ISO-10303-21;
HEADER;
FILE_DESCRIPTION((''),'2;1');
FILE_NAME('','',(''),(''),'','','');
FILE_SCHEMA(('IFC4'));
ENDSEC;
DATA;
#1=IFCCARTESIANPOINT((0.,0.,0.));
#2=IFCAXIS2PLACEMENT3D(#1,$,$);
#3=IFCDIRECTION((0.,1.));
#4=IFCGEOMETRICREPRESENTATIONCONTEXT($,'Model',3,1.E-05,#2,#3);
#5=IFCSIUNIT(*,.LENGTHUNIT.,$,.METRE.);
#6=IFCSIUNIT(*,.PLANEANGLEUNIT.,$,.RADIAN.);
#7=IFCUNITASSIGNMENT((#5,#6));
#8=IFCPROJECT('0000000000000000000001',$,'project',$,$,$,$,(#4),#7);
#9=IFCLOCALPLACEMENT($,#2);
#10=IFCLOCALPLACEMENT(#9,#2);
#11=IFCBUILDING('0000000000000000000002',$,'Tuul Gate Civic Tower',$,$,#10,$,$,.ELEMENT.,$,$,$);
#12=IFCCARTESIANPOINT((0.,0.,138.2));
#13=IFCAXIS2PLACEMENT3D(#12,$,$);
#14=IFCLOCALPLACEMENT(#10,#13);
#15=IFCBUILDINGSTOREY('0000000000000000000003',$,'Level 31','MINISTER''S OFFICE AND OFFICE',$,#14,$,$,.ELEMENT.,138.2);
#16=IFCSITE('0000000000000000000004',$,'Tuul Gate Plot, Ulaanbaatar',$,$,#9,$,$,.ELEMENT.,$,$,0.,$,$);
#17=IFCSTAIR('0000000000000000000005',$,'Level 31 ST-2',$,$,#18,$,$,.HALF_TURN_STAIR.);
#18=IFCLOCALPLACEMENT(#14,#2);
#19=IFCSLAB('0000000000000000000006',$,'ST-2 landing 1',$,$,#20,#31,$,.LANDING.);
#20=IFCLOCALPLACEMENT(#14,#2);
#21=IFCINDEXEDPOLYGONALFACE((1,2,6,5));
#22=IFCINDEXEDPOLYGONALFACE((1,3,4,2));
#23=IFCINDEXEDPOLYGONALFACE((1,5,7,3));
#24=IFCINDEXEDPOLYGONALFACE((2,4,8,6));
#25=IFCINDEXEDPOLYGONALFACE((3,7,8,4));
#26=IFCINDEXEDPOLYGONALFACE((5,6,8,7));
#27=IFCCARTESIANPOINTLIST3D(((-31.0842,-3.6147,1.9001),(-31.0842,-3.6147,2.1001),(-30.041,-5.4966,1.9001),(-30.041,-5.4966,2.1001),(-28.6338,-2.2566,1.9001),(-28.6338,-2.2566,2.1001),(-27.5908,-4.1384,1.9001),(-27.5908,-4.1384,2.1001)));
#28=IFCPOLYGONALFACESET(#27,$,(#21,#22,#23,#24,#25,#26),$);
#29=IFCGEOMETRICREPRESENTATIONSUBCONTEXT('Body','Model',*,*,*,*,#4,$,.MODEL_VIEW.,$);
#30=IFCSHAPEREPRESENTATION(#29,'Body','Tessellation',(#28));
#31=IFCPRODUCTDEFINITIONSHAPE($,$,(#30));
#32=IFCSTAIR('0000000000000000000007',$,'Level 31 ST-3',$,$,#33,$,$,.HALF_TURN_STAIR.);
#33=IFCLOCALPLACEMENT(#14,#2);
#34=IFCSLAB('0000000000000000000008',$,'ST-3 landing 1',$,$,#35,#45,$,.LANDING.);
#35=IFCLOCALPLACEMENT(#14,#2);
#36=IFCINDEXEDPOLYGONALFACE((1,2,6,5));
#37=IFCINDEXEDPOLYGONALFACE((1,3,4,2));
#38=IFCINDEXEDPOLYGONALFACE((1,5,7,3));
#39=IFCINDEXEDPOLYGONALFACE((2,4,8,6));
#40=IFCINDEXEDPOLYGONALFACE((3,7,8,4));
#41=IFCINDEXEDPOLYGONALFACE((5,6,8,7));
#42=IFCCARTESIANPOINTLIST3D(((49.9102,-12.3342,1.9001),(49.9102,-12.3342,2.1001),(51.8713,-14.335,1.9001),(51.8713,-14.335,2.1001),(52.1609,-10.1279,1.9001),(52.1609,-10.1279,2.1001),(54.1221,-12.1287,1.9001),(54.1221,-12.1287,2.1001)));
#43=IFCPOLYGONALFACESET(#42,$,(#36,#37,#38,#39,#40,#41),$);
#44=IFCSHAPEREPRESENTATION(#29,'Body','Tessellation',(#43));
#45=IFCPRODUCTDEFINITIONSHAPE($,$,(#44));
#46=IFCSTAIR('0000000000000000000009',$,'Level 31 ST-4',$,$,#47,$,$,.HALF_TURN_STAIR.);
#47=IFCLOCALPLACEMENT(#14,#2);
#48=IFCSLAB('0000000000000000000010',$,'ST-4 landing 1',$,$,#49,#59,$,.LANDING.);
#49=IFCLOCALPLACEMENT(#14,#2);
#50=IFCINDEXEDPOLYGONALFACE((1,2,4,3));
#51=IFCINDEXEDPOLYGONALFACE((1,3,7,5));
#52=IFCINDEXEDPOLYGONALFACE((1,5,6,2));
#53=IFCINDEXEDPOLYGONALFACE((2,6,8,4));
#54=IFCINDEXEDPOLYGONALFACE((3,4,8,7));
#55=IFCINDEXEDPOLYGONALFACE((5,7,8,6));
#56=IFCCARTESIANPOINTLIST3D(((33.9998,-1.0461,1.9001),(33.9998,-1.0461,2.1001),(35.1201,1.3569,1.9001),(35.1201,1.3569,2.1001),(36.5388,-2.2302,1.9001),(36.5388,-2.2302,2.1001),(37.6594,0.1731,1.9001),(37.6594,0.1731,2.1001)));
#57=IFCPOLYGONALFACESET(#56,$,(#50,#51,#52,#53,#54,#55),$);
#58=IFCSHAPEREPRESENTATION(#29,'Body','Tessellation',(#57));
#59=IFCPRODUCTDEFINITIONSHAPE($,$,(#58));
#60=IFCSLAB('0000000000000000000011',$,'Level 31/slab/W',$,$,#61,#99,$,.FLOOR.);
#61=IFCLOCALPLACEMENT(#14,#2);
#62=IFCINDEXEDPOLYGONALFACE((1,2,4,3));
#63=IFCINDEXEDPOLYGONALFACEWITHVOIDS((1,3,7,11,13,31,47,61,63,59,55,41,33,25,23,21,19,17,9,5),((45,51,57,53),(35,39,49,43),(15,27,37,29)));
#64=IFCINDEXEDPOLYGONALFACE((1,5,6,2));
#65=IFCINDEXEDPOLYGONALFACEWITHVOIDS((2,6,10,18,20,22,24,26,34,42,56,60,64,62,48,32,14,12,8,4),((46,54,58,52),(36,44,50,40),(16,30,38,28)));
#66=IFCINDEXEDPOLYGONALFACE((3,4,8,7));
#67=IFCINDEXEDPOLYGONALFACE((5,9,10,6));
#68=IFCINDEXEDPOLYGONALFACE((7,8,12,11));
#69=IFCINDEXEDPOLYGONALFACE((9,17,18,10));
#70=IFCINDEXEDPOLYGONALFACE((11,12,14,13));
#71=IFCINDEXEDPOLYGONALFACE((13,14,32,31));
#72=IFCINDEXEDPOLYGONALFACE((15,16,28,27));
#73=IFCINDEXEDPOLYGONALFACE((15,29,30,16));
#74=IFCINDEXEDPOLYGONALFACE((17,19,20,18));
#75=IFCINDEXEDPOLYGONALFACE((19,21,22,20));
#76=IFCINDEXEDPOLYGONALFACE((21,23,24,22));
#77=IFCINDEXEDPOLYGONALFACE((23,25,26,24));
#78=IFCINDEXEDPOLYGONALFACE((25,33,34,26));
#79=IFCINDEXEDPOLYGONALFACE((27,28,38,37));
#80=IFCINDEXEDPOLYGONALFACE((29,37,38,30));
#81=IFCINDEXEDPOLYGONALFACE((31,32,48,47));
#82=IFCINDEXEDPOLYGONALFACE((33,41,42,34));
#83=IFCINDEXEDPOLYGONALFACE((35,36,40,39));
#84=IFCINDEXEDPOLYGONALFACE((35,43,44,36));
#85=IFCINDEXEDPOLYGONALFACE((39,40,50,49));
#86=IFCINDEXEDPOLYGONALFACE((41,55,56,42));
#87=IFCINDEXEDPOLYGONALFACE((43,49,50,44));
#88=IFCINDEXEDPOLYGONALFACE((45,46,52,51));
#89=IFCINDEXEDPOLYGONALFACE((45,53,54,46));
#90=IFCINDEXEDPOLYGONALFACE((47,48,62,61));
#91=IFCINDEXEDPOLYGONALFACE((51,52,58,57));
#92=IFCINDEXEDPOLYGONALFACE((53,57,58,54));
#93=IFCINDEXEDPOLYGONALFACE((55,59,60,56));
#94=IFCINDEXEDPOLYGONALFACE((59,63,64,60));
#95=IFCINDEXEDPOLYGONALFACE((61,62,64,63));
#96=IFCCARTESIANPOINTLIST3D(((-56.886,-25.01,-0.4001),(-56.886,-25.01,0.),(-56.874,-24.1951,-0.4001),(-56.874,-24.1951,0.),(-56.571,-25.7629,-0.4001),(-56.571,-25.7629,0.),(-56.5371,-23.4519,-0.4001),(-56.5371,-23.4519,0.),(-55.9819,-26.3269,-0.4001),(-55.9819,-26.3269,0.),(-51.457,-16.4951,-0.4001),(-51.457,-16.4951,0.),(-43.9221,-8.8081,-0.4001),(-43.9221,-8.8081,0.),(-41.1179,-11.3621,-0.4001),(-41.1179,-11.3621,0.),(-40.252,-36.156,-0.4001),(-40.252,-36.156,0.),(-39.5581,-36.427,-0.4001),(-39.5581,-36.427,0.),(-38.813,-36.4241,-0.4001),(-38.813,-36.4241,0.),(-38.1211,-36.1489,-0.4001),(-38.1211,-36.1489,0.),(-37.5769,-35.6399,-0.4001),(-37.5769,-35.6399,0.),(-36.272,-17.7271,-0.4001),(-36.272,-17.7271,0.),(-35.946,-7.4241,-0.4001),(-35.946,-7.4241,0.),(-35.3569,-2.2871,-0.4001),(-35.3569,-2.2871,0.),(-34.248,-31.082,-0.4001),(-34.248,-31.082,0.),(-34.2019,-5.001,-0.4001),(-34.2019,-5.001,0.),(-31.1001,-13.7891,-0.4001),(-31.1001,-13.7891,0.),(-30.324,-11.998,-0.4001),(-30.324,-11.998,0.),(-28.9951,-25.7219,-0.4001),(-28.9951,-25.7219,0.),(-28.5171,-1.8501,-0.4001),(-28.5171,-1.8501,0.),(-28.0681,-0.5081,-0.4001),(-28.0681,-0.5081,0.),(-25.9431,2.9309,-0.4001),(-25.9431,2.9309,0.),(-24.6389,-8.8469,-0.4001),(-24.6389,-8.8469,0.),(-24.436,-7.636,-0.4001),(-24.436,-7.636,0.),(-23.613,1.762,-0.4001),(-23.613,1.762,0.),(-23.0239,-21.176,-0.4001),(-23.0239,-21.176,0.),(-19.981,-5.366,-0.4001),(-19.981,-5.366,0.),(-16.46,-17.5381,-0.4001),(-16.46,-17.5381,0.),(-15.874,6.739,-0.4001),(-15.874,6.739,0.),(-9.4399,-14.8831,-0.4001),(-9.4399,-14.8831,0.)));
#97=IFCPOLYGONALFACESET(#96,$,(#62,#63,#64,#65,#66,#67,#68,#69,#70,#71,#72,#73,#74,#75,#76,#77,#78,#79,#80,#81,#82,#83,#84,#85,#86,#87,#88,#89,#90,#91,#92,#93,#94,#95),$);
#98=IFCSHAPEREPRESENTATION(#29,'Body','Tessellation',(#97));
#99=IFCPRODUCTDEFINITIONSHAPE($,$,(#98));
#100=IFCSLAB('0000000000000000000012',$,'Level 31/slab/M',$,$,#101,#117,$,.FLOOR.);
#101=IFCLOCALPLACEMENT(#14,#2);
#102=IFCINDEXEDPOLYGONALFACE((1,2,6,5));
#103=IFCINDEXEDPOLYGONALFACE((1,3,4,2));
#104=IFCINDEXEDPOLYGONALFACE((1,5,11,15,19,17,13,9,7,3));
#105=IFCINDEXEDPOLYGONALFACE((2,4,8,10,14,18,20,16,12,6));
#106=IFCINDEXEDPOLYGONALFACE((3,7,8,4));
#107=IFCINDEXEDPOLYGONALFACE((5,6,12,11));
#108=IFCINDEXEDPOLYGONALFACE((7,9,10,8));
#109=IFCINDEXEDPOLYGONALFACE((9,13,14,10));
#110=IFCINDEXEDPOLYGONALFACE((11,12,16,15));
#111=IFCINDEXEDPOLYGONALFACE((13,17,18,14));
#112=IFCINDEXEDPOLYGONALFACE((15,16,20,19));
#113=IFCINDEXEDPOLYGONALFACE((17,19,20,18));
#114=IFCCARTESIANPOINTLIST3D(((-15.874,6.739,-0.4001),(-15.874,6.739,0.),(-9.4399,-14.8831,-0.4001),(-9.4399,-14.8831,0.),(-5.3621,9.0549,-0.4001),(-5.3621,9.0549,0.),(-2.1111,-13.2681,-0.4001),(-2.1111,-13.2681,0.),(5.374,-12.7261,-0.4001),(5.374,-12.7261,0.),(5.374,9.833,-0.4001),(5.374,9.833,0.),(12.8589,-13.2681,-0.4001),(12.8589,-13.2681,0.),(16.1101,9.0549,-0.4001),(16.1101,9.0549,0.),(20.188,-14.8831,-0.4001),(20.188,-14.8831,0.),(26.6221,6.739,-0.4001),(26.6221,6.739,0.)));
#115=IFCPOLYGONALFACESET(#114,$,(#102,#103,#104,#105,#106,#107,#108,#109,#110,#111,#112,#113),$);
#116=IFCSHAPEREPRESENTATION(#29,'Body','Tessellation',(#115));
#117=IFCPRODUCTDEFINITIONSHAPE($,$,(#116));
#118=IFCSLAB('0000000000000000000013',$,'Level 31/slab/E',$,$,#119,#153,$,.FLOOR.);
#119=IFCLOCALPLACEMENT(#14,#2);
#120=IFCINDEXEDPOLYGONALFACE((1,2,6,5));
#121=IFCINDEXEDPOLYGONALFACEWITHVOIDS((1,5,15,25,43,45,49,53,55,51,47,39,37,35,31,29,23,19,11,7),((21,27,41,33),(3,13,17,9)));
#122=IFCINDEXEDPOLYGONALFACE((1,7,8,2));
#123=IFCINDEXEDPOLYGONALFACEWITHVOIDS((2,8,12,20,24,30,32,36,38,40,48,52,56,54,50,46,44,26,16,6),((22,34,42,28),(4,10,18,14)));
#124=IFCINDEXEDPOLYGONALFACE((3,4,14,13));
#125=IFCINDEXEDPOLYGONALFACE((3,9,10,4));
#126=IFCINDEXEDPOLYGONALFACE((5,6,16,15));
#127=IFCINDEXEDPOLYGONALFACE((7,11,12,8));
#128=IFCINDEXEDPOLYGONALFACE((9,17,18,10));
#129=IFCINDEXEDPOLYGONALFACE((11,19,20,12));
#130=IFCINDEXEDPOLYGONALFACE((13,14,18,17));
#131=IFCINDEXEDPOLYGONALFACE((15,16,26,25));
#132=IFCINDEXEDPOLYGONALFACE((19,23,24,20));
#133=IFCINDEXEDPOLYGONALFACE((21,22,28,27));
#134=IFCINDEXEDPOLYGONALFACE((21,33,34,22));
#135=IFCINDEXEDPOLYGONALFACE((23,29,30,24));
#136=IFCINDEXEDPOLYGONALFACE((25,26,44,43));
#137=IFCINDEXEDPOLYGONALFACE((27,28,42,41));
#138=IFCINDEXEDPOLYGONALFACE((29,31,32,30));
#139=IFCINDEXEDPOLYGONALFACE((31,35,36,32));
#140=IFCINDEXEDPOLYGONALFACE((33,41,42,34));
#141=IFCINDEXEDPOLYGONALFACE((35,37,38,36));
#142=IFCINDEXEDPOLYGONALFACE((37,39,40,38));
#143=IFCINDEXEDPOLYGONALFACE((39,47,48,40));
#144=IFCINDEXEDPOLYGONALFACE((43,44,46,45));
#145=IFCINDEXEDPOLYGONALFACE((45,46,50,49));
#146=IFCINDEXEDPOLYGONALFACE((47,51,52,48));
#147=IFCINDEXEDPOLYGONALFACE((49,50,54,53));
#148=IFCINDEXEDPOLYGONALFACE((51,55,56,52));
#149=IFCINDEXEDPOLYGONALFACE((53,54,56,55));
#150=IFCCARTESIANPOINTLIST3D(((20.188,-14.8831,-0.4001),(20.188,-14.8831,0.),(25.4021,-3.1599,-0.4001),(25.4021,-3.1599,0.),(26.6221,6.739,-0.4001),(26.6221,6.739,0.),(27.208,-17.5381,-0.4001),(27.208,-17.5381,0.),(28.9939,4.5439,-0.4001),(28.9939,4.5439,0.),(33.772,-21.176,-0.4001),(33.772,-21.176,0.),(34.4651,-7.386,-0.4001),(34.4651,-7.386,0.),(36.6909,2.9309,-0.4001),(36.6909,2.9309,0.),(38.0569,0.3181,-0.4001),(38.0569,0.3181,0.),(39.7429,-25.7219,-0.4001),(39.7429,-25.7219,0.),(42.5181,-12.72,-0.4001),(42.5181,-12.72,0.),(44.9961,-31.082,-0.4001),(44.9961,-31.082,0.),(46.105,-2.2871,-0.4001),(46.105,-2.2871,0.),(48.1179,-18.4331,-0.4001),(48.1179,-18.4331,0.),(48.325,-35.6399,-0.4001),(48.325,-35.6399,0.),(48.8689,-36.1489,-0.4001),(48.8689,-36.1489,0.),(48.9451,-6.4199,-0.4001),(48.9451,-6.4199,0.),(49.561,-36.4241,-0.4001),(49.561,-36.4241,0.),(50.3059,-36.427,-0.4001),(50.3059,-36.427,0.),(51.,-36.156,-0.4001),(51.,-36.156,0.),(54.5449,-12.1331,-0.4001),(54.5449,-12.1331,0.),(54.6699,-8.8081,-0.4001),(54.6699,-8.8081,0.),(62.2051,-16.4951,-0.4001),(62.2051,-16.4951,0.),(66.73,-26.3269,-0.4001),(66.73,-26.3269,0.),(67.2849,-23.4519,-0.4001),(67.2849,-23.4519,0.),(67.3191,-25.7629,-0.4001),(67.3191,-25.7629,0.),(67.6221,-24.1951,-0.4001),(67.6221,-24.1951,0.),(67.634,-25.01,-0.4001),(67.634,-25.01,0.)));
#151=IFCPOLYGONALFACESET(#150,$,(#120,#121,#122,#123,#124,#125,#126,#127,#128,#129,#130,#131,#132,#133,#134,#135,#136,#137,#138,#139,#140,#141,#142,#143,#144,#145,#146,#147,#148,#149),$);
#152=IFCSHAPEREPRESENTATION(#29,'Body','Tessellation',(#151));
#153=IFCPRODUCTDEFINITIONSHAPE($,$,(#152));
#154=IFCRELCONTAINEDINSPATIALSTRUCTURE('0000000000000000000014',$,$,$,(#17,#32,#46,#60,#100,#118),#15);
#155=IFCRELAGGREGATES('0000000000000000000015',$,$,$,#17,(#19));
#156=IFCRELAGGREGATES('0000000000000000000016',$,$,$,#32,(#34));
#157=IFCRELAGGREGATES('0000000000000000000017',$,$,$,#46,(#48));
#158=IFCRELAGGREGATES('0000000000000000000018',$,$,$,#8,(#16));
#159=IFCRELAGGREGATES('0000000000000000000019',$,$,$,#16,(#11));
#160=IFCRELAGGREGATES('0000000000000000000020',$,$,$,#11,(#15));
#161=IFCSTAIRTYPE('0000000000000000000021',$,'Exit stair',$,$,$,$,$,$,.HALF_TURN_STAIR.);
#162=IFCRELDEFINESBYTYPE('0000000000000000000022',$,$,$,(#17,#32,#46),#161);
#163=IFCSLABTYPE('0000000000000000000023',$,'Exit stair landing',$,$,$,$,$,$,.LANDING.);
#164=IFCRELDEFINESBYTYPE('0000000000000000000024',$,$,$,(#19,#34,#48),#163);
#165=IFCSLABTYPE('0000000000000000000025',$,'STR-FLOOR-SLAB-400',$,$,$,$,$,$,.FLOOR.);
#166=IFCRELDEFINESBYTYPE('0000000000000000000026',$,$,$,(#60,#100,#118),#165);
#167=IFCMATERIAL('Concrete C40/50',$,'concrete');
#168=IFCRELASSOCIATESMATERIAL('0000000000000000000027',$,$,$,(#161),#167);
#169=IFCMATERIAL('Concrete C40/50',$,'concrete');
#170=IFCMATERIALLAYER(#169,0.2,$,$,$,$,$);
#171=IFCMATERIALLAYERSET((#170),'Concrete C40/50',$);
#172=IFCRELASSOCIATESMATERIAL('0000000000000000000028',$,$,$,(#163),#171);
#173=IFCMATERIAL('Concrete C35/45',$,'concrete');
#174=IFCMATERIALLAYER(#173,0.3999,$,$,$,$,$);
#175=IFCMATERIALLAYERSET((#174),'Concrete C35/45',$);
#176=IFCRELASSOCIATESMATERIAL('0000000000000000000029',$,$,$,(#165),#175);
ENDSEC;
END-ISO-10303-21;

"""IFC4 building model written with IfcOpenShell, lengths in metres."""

from ifc_helpers import new_model, si_unit, direction, frame, origin, place, context, subcontext, project, spatial, polyline, outline, extrude, material, layer, layer_set, type_object, element, aggregate, save


model = new_model("IFC4")

# Units and contexts
model_context = context("Model", 3, precision=1e-05, world=origin(), true_north=direction((0.0, 1.0)))
body_context = subcontext(model_context, "Body", "Model", "MODEL_VIEW")
ifc_project = project(units=[si_unit("LENGTHUNIT", "METRE"), si_unit("PLANEANGLEUNIT", "RADIAN")], contexts=[model_context])

# Site, building, storey
site_placement = place(None, origin())
site = spatial("IfcSite", under=ifc_project, at=site_placement, Name="Tuul Gate Plot, Ulaanbaatar", CompositionType="ELEMENT", RefElevation=0.0)
building_placement = place(site_placement, origin())
building = spatial("IfcBuilding", under=site, at=building_placement, Name="Tuul Gate Civic Tower", CompositionType="ELEMENT")
storey_placement = place(building_placement, frame((0.0, 0.0, 138.2)))
storey = spatial("IfcBuildingStorey", under=building, at=storey_placement, Name="Level 31", Description="MINISTER'S OFFICE AND OFFICE", CompositionType="ELEMENT", Elevation=138.2)

# Stairs, slabs
ifc_material_1 = material(Name="Concrete C40/50", Category="concrete")
stair_type = type_object("IfcStairType", Name="Exit stair", PredefinedType="HALF_TURN_STAIR", material=ifc_material_1)
ifc_material_2 = material(Name="Concrete C40/50", Category="concrete")
ifc_layer_1 = layer(ifc_material_2, 0.2)
ifc_layer_set_1 = layer_set([ifc_layer_1], Name="Concrete C40/50")
slab_type_1 = type_object("IfcSlabType", Name="Exit stair landing", PredefinedType="LANDING", material=ifc_layer_set_1)
stair_1_placement = place(storey_placement, origin())
stair_1 = element("IfcStair", 1, at=stair_1_placement, inside=storey, type_object=stair_type, Name="Level 31 ST-2", PredefinedType="HALF_TURN_STAIR")
slab_1_placement = place(storey_placement, frame((0.0, 0.0, 1.9001)))
slab_1 = element("IfcSlab", 2, at=slab_1_placement, type_object=slab_type_1, Name="ST-2 landing 1", PredefinedType="LANDING", context=body_context, shape_type="SweptSolid", body=[
    extrude(outline(polyline([(-27.5908, -4.1384), (-30.041, -5.4966), (-31.0842, -3.6147), (-28.6338, -2.2566), (-27.5908, -4.1384)])), origin(), (0.0, 0.0, 1.0), 0.2),
])
aggregate(stair_1, [slab_1])
stair_2_placement = place(storey_placement, origin())
stair_2 = element("IfcStair", 3, at=stair_2_placement, inside=storey, type_object=stair_type, Name="Level 31 ST-3", PredefinedType="HALF_TURN_STAIR")
slab_2_placement = place(storey_placement, frame((0.0, 0.0, 1.9001)))
slab_2 = element("IfcSlab", 4, at=slab_2_placement, type_object=slab_type_1, Name="ST-3 landing 1", PredefinedType="LANDING", context=body_context, shape_type="SweptSolid", body=[
    extrude(outline(polyline([(51.8713, -14.335), (49.9102, -12.3342), (52.1609, -10.1279), (54.1221, -12.1287), (51.8713, -14.335)])), origin(), (0.0, 0.0, 1.0), 0.2),
])
aggregate(stair_2, [slab_2])
stair_3_placement = place(storey_placement, origin())
stair_3 = element("IfcStair", 5, at=stair_3_placement, inside=storey, type_object=stair_type, Name="Level 31 ST-4", PredefinedType="HALF_TURN_STAIR")
slab_3_placement = place(storey_placement, frame((0.0, 0.0, 1.9001)))
slab_3 = element("IfcSlab", 6, at=slab_3_placement, type_object=slab_type_1, Name="ST-4 landing 1", PredefinedType="LANDING", context=body_context, shape_type="SweptSolid", body=[
    extrude(outline(polyline([(36.5388, -2.2302), (33.9998, -1.0461), (35.1201, 1.3569), (37.6594, 0.1731), (36.5388, -2.2302)])), origin(), (0.0, 0.0, 1.0), 0.2),
])
aggregate(stair_3, [slab_3])

# Slabs
ifc_material_3 = material(Name="Concrete C35/45", Category="concrete")
ifc_layer_2 = layer(ifc_material_3, 0.3999)
ifc_layer_set_2 = layer_set([ifc_layer_2], Name="Concrete C35/45")
slab_type_2 = type_object("IfcSlabType", Name="STR-FLOOR-SLAB-400", PredefinedType="FLOOR", material=ifc_layer_set_2)
slab_4_placement = place(storey_placement, frame((0.0, 0.0, -0.4001)))
element("IfcSlab", 7, at=slab_4_placement, inside=storey, type_object=slab_type_2, Name="Level 31/slab/W", PredefinedType="FLOOR", context=body_context, shape_type="SweptSolid", body=[
    extrude(outline(polyline([(-16.46, -17.5381), (-9.4399, -14.8831), (-15.874, 6.739), (-25.9431, 2.9309), (-35.3569, -2.2871), (-43.9221, -8.8081), (-51.457, -16.4951), (-56.5371, -23.4519), (-56.874, -24.1951), (-56.886, -25.01), (-56.571, -25.7629), (-55.9819, -26.3269), (-40.252, -36.156), (-39.5581, -36.427), (-38.813, -36.4241), (-38.1211, -36.1489), (-37.5769, -35.6399), (-34.248, -31.082), (-28.9951, -25.7219), (-23.0239, -21.176), (-16.46, -17.5381)]), holes=[polyline([(-31.1001, -13.7891), (-36.272, -17.7271), (-41.1179, -11.3621), (-35.946, -7.4241), (-31.1001, -13.7891)]), polyline([(-24.6389, -8.8469), (-30.324, -11.998), (-34.2019, -5.001), (-28.5171, -1.8501), (-24.6389, -8.8469)]), polyline([(-24.436, -7.636), (-28.0681, -0.5081), (-23.613, 1.762), (-19.981, -5.366), (-24.436, -7.636)])]), origin(), (0.0, 0.0, 1.0), 0.4001),
])
slab_5_placement = place(storey_placement, frame((0.0, 0.0, -0.4001)))
element("IfcSlab", 8, at=slab_5_placement, inside=storey, type_object=slab_type_2, Name="Level 31/slab/M", PredefinedType="FLOOR", context=body_context, shape_type="SweptSolid", body=[
    extrude(outline(polyline([(20.188, -14.8831), (26.6221, 6.739), (16.1101, 9.0549), (5.374, 9.833), (-5.3621, 9.0549), (-15.874, 6.739), (-9.4399, -14.8831), (-2.1111, -13.2681), (5.374, -12.7261), (12.8589, -13.2681), (20.188, -14.8831)])), origin(), (0.0, 0.0, 1.0), 0.4001),
])
slab_6_placement = place(storey_placement, frame((0.0, 0.0, -0.4001)))
element("IfcSlab", 9, at=slab_6_placement, inside=storey, type_object=slab_type_2, Name="Level 31/slab/E", PredefinedType="FLOOR", context=body_context, shape_type="SweptSolid", body=[
    extrude(outline(polyline([(50.3059, -36.427), (51.0, -36.156), (66.73, -26.3269), (67.3191, -25.7629), (67.634, -25.01), (67.6221, -24.1951), (67.2849, -23.4519), (62.2051, -16.4951), (54.6699, -8.8081), (46.105, -2.2871), (36.6909, 2.9309), (26.6221, 6.739), (20.188, -14.8831), (27.208, -17.5381), (33.772, -21.176), (39.7429, -25.7219), (44.9961, -31.082), (48.325, -35.6399), (48.8689, -36.1489), (49.561, -36.4241), (50.3059, -36.427)]), holes=[polyline([(48.1179, -18.4331), (42.5181, -12.72), (48.9451, -6.4199), (54.5449, -12.1331), (48.1179, -18.4331)]), polyline([(25.4021, -3.1599), (28.9939, 4.5439), (38.0569, 0.3181), (34.4651, -7.386), (25.4021, -3.1599)])]), origin(), (0.0, 0.0, 1.0), 0.4001),
])

save(model, "model.ifc")
